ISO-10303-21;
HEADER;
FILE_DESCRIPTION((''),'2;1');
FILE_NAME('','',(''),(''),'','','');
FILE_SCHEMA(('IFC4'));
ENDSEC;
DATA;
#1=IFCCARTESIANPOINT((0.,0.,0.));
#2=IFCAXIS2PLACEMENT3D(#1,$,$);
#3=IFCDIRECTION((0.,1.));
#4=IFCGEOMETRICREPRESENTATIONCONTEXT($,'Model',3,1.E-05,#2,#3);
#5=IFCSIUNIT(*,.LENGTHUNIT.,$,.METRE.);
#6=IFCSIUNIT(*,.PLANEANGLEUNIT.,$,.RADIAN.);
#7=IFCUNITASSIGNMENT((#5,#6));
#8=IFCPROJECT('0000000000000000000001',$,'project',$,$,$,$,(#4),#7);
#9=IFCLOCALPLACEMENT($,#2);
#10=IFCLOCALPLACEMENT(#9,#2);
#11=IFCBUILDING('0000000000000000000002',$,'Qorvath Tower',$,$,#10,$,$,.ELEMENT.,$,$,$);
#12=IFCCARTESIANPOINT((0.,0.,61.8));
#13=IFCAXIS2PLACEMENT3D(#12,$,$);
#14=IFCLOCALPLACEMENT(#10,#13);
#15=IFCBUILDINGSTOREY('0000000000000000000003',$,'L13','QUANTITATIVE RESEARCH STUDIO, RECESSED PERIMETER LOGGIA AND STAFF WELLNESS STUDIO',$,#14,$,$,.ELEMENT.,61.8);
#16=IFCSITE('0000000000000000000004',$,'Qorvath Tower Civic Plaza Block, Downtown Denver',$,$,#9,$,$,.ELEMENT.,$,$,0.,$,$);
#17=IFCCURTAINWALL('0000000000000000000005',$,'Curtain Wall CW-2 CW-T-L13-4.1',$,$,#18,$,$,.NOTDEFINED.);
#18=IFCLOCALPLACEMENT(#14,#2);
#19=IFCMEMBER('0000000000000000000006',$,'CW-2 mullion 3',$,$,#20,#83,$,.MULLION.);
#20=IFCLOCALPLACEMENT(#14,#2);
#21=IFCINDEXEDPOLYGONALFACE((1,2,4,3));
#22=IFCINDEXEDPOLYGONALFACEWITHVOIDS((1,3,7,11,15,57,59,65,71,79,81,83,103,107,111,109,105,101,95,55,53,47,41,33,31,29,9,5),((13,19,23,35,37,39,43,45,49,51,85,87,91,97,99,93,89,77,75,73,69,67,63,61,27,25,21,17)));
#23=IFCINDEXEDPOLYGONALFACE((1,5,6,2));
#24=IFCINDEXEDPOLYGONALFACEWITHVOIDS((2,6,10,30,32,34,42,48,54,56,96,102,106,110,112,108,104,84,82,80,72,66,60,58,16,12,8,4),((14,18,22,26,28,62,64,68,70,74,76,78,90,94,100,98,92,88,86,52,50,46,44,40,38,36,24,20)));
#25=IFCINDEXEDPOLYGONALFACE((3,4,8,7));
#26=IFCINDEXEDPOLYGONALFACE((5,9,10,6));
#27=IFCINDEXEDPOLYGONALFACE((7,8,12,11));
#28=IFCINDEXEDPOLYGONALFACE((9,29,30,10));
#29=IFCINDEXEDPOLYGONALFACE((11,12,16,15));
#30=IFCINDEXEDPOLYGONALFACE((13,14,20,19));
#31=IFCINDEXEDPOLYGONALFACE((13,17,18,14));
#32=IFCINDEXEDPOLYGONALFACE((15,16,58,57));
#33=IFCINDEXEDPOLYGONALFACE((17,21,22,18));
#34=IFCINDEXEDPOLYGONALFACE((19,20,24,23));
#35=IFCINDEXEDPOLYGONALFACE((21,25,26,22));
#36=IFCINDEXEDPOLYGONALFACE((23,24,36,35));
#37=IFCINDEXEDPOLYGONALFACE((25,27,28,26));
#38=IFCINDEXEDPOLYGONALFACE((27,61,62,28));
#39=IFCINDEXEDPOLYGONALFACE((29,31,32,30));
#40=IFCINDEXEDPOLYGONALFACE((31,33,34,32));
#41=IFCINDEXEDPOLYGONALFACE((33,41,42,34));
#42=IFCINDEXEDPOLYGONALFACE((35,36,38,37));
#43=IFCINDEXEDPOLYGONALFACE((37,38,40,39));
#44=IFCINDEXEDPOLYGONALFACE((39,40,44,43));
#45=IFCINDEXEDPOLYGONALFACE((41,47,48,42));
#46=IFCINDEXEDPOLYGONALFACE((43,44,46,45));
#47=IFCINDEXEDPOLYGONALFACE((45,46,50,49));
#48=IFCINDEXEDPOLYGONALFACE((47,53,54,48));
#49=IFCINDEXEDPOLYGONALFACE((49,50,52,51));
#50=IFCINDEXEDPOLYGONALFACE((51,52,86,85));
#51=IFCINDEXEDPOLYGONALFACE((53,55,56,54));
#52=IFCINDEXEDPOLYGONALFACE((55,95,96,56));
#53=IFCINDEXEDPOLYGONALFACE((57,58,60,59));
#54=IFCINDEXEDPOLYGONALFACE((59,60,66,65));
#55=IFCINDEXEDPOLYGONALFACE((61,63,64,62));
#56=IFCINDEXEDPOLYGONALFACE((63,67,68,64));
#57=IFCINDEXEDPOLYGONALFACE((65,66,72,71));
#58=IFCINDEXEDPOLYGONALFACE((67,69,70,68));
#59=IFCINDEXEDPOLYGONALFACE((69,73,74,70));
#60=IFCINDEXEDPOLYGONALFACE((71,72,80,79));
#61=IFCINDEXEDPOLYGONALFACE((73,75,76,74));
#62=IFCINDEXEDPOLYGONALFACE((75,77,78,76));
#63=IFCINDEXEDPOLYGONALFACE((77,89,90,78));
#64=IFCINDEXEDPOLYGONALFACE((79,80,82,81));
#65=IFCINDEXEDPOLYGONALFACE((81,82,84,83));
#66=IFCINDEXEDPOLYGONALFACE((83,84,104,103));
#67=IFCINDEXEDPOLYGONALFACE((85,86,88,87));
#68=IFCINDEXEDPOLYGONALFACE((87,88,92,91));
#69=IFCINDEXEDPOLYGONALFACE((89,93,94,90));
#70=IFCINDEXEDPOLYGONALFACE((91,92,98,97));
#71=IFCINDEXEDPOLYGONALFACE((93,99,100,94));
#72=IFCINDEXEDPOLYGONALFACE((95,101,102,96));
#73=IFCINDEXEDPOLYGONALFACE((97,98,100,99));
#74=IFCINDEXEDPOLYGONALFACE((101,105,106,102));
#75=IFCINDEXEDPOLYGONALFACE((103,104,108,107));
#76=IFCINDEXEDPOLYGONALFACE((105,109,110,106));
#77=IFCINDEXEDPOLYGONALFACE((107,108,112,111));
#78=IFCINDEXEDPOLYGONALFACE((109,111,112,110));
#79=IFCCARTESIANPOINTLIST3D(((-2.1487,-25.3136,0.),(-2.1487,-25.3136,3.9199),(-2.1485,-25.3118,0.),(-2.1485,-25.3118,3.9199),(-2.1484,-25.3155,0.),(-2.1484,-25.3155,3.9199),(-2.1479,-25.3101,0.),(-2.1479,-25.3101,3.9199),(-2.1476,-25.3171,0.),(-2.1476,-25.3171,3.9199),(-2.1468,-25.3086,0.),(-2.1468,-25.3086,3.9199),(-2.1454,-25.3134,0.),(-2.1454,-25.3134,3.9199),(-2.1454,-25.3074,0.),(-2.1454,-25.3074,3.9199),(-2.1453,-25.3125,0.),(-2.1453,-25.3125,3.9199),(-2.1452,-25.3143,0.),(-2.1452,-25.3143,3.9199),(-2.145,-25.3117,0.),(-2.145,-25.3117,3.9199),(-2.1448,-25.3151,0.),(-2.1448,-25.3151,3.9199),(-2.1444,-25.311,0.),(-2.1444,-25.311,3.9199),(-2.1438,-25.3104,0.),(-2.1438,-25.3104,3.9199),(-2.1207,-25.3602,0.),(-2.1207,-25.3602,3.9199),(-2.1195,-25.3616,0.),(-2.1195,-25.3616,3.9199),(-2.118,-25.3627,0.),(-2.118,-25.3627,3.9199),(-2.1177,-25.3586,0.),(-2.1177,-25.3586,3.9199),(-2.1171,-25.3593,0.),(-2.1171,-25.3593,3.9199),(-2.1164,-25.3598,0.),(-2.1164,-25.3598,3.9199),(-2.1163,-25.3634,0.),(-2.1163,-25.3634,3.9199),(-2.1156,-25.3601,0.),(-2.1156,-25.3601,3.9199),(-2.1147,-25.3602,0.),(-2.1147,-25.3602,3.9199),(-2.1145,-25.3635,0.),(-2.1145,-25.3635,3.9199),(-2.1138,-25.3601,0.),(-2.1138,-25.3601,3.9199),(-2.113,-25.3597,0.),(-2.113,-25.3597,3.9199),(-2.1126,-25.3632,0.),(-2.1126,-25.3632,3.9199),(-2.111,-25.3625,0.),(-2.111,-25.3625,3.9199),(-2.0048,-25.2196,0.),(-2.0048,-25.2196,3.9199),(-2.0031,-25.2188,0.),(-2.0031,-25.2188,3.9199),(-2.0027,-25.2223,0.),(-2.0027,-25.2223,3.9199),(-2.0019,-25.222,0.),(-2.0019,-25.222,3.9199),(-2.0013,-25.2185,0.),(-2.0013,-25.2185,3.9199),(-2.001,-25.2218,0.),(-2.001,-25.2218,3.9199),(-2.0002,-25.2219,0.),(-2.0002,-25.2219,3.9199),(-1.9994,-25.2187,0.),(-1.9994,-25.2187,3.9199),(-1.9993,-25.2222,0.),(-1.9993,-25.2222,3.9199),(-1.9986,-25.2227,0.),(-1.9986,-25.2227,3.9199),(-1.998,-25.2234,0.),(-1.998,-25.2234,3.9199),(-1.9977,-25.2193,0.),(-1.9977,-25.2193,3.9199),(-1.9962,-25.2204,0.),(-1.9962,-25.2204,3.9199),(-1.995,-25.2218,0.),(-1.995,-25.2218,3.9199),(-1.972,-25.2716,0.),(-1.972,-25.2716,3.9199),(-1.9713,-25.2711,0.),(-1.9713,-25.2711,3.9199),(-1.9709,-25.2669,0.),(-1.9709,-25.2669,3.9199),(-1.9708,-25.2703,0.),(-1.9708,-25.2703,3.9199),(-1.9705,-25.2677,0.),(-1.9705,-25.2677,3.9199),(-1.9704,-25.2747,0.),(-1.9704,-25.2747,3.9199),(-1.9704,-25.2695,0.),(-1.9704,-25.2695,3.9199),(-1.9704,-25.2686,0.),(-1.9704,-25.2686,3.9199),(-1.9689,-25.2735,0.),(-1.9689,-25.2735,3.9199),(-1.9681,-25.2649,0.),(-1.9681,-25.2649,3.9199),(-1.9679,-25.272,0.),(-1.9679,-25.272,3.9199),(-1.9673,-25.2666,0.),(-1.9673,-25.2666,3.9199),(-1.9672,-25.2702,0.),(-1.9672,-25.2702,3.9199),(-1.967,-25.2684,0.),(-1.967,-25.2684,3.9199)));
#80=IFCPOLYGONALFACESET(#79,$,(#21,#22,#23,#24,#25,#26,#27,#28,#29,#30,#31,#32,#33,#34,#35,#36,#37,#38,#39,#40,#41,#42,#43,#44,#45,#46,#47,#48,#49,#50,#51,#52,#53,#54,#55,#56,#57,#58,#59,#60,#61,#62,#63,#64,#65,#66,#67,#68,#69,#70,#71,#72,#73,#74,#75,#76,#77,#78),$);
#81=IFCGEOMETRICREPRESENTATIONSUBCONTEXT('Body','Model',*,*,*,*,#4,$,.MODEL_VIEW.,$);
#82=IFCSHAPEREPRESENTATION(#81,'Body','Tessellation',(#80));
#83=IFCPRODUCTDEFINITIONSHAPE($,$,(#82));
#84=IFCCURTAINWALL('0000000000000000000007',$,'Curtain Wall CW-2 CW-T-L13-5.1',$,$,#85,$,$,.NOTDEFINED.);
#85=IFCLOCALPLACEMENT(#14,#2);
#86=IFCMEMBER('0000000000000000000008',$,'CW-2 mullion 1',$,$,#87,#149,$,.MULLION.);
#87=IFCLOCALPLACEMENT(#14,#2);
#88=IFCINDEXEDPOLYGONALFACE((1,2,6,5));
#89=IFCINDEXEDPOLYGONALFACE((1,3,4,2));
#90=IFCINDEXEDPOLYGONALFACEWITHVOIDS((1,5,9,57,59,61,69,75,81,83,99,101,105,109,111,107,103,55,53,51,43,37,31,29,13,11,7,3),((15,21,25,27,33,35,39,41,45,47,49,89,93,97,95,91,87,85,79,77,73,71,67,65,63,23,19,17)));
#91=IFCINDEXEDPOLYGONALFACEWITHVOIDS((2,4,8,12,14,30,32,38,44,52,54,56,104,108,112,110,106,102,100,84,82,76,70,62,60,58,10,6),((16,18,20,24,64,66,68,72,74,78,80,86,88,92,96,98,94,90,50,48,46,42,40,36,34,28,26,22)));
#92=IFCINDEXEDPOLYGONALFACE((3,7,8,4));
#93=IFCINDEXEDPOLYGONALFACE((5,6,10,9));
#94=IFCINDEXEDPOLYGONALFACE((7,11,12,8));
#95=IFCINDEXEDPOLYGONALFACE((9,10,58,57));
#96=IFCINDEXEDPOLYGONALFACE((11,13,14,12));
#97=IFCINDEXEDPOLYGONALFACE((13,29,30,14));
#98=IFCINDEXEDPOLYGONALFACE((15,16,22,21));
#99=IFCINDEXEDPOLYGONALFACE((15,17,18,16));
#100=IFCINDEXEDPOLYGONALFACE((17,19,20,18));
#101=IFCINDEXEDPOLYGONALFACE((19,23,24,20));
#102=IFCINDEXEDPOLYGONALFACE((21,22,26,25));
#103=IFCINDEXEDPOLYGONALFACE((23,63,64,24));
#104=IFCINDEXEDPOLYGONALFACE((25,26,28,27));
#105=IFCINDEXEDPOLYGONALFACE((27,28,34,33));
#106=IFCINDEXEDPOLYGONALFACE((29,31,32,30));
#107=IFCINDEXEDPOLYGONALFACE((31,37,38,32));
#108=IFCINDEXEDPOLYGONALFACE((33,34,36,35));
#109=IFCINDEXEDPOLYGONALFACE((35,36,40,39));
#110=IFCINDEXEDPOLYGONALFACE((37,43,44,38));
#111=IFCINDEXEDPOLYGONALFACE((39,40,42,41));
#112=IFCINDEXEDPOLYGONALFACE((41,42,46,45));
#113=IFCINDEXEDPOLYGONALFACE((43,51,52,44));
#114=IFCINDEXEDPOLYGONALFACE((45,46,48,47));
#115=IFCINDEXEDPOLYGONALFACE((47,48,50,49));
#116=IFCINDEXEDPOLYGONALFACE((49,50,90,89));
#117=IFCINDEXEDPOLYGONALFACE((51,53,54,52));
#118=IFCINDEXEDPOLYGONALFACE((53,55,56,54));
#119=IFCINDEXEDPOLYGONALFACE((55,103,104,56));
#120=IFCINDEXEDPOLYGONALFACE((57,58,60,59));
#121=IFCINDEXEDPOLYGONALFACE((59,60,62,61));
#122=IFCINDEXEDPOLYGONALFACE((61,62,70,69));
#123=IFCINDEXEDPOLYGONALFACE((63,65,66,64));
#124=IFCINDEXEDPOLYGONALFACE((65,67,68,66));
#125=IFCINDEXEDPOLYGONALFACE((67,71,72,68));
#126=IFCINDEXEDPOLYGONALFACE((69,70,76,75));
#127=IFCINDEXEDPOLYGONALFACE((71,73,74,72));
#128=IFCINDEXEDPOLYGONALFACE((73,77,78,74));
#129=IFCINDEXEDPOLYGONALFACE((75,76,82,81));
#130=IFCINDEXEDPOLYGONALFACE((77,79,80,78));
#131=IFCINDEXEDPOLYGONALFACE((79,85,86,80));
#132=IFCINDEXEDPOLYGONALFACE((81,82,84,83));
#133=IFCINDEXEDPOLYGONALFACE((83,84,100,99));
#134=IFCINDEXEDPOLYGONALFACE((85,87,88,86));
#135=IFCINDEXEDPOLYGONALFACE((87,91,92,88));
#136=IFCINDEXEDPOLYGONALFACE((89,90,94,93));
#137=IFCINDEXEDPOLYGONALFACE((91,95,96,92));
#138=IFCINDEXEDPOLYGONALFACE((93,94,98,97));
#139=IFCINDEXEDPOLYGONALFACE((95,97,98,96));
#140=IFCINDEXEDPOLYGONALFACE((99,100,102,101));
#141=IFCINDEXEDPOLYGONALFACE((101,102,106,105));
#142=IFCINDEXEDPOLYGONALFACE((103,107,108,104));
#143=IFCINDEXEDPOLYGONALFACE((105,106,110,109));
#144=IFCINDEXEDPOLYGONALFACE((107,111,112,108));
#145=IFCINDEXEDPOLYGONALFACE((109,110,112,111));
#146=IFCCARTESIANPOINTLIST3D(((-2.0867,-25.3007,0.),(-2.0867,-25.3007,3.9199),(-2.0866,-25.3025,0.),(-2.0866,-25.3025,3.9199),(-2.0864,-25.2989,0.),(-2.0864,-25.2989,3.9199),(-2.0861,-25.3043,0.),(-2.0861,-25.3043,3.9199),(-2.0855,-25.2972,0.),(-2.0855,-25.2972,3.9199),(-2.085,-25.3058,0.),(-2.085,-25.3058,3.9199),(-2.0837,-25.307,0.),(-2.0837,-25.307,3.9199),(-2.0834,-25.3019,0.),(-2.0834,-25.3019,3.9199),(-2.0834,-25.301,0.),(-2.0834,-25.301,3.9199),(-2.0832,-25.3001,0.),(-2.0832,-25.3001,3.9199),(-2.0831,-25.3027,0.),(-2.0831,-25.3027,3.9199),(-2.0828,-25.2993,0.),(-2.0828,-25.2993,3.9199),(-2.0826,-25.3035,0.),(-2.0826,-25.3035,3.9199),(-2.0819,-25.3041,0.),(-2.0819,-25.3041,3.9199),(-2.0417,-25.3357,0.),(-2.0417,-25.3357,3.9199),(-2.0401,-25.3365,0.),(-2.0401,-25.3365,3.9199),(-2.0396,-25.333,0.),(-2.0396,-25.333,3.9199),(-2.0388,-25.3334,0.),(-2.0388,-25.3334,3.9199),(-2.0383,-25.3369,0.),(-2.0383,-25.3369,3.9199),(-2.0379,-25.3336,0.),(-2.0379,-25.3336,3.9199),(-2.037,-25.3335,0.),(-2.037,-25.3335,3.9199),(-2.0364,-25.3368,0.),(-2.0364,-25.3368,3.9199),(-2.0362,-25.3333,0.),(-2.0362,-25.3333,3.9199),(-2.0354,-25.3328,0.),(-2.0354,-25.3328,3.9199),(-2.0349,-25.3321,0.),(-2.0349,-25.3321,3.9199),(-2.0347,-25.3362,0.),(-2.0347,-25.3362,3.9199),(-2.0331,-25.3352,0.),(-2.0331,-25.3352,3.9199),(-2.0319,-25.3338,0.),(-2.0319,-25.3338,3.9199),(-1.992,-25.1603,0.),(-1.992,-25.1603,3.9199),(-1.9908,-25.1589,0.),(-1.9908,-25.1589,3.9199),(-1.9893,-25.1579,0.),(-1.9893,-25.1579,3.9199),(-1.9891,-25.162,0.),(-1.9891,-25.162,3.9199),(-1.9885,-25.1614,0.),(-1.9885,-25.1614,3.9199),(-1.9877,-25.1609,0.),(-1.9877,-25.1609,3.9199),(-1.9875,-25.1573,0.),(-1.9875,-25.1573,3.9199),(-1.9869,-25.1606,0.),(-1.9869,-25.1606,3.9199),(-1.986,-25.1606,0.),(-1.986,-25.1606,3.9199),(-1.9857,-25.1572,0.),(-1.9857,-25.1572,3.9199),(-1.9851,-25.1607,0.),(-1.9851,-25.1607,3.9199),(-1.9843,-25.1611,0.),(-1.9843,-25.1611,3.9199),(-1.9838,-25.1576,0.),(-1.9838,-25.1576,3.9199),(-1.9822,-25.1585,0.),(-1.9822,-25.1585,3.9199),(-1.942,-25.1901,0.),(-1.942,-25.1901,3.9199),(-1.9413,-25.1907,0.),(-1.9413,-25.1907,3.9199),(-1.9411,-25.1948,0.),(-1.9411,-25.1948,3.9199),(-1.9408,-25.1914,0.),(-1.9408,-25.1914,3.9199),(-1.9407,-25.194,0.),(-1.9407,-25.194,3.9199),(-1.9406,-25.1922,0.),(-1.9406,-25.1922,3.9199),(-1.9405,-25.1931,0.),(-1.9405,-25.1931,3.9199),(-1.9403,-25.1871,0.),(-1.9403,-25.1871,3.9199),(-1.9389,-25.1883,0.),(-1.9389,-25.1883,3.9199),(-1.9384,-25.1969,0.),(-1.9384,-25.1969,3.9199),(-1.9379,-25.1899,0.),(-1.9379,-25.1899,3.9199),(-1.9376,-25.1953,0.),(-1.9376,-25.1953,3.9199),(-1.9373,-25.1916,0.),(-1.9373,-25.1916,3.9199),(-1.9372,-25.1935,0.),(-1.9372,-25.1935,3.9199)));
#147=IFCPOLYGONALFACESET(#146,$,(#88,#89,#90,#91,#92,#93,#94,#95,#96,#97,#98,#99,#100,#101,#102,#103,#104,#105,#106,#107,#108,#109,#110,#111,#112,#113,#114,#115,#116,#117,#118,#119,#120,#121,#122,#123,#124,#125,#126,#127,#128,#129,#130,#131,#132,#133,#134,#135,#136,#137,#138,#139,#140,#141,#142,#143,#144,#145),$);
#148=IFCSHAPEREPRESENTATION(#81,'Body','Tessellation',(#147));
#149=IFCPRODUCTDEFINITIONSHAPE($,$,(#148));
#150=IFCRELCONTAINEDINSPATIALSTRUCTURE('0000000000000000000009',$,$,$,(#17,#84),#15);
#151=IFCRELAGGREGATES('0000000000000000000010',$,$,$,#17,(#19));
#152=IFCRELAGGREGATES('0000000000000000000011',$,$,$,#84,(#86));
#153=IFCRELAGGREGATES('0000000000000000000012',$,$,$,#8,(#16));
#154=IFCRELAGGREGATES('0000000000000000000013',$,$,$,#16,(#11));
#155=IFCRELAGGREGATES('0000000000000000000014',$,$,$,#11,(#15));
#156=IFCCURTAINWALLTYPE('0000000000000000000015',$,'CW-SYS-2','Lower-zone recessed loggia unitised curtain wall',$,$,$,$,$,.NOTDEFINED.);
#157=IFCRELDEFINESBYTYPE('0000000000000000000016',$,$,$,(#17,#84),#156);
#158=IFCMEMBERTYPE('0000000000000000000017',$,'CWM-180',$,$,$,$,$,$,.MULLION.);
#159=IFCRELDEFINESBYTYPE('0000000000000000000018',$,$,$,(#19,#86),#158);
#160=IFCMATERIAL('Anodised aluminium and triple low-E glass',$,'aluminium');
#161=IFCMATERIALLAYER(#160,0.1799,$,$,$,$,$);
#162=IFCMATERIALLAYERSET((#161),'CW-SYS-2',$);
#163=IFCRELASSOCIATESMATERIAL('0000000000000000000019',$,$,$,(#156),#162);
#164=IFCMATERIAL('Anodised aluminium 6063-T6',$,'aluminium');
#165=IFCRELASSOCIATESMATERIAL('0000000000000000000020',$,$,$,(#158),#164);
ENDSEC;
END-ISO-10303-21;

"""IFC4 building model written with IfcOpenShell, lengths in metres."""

from ifc_helpers import new_model, si_unit, direction, frame, origin, origin_2d, place, context, subcontext, project, spatial, hollow_rectangle, extrude, material, layer, layer_set, material_profile, profile_set, type_object, element, aggregate, save


model = new_model("IFC4")

# Units and contexts
model_context = context("Model", 3, precision=1e-05, world=origin(), true_north=direction((0.0, 1.0)))
body_context = subcontext(model_context, "Body", "Model", "MODEL_VIEW")
ifc_project = project(units=[si_unit("LENGTHUNIT", "METRE"), si_unit("PLANEANGLEUNIT", "RADIAN")], contexts=[model_context])

# Site, building, storey
site_placement = place(None, origin())
site = spatial("IfcSite", under=ifc_project, at=site_placement, Name="Qorvath Tower Civic Plaza Block, Downtown Denver", CompositionType="ELEMENT", RefElevation=0.0)
building_placement = place(site_placement, origin())
building = spatial("IfcBuilding", under=site, at=building_placement, Name="Qorvath Tower", CompositionType="ELEMENT")
storey_placement = place(building_placement, frame((0.0, 0.0, 61.8)))
storey = spatial("IfcBuildingStorey", under=building, at=storey_placement, Name="L13", Description="QUANTITATIVE RESEARCH STUDIO, RECESSED PERIMETER LOGGIA AND STAFF WELLNESS STUDIO", CompositionType="ELEMENT", Elevation=61.8)

# Curtain wall, member
ifc_material_1 = material(Name="Anodised aluminium and triple low-E glass", Category="aluminium")
ifc_layer_1 = layer(ifc_material_1, 0.1799)
ifc_layer_set_1 = layer_set([ifc_layer_1], Name="CW-SYS-2")
curtain_wall_type = type_object("IfcCurtainWallType", Name="CW-SYS-2", Description="Lower-zone recessed loggia unitised curtain wall", PredefinedType="NOTDEFINED", material=ifc_layer_set_1)
curtain_wall_1_placement = place(storey_placement, origin())
curtain_wall_1 = element("IfcCurtainWall", 1, at=curtain_wall_1_placement, inside=storey, type_object=curtain_wall_type, Name="Curtain Wall CW-2 CW-T-L13-4.1", PredefinedType="NOTDEFINED")
ifc_material_2 = material(Name="Anodised aluminium 6063-T6", Category="aluminium")
ifc_material_profile_1 = material_profile(ifc_material_2, hollow_rectangle(XDim=0.0649, YDim=0.1799, WallThickness=0.0034, InnerFilletRadius=0.0034, OuterFilletRadius=0.0071, at=origin_2d()), Name="CWM 180x65")
ifc_profile_set_1 = profile_set([ifc_material_profile_1], Name="Anodised aluminium 6063-T6")
member_type_1 = type_object("IfcMemberType", Name="CWM-180", PredefinedType="MULLION", material=ifc_profile_set_1)
member_1_placement = place(storey_placement, frame((-2.0579, -25.291, 0.0), z_axis=(0.0, 0.0, 1.0), x_axis=(-0.529692, 0.84819, 0.0)))
member_1 = element("IfcMember", 2, at=member_1_placement, type_object=member_type_1, Name="CW-2 mullion 3", PredefinedType="MULLION", context=body_context, shape_type="SweptSolid", body=[
    extrude(hollow_rectangle(XDim=0.0649, YDim=0.1799, WallThickness=0.0034, InnerFilletRadius=0.0034, OuterFilletRadius=0.0071, at=origin_2d()), origin(), (0.0, 0.0, 1.0), 3.9199),
])

# Curtain wall, member
curtain_wall_2_placement = place(storey_placement, origin())
curtain_wall_2 = element("IfcCurtainWall", 3, at=curtain_wall_2_placement, inside=storey, type_object=curtain_wall_type, Name="Curtain Wall CW-2 CW-T-L13-5.1", PredefinedType="NOTDEFINED")
member_2_placement = place(storey_placement, frame((-2.012, -25.2471, 0.0), z_axis=(0.0, 0.0, 1.0), x_axis=(-0.825809, 0.56395, 0.0)))
member_2 = element("IfcMember", 4, at=member_2_placement, type_object=member_type_1, Name="CW-2 mullion 1", PredefinedType="MULLION", context=body_context, shape_type="SweptSolid", body=[
    extrude(hollow_rectangle(XDim=0.0649, YDim=0.1799, WallThickness=0.0034, InnerFilletRadius=0.0034, OuterFilletRadius=0.0071, at=origin_2d()), origin(), (0.0, 0.0, 1.0), 3.9199),
])

aggregate(curtain_wall_1, [member_1])
aggregate(curtain_wall_2, [member_2])

save(model, "model.ifc")
